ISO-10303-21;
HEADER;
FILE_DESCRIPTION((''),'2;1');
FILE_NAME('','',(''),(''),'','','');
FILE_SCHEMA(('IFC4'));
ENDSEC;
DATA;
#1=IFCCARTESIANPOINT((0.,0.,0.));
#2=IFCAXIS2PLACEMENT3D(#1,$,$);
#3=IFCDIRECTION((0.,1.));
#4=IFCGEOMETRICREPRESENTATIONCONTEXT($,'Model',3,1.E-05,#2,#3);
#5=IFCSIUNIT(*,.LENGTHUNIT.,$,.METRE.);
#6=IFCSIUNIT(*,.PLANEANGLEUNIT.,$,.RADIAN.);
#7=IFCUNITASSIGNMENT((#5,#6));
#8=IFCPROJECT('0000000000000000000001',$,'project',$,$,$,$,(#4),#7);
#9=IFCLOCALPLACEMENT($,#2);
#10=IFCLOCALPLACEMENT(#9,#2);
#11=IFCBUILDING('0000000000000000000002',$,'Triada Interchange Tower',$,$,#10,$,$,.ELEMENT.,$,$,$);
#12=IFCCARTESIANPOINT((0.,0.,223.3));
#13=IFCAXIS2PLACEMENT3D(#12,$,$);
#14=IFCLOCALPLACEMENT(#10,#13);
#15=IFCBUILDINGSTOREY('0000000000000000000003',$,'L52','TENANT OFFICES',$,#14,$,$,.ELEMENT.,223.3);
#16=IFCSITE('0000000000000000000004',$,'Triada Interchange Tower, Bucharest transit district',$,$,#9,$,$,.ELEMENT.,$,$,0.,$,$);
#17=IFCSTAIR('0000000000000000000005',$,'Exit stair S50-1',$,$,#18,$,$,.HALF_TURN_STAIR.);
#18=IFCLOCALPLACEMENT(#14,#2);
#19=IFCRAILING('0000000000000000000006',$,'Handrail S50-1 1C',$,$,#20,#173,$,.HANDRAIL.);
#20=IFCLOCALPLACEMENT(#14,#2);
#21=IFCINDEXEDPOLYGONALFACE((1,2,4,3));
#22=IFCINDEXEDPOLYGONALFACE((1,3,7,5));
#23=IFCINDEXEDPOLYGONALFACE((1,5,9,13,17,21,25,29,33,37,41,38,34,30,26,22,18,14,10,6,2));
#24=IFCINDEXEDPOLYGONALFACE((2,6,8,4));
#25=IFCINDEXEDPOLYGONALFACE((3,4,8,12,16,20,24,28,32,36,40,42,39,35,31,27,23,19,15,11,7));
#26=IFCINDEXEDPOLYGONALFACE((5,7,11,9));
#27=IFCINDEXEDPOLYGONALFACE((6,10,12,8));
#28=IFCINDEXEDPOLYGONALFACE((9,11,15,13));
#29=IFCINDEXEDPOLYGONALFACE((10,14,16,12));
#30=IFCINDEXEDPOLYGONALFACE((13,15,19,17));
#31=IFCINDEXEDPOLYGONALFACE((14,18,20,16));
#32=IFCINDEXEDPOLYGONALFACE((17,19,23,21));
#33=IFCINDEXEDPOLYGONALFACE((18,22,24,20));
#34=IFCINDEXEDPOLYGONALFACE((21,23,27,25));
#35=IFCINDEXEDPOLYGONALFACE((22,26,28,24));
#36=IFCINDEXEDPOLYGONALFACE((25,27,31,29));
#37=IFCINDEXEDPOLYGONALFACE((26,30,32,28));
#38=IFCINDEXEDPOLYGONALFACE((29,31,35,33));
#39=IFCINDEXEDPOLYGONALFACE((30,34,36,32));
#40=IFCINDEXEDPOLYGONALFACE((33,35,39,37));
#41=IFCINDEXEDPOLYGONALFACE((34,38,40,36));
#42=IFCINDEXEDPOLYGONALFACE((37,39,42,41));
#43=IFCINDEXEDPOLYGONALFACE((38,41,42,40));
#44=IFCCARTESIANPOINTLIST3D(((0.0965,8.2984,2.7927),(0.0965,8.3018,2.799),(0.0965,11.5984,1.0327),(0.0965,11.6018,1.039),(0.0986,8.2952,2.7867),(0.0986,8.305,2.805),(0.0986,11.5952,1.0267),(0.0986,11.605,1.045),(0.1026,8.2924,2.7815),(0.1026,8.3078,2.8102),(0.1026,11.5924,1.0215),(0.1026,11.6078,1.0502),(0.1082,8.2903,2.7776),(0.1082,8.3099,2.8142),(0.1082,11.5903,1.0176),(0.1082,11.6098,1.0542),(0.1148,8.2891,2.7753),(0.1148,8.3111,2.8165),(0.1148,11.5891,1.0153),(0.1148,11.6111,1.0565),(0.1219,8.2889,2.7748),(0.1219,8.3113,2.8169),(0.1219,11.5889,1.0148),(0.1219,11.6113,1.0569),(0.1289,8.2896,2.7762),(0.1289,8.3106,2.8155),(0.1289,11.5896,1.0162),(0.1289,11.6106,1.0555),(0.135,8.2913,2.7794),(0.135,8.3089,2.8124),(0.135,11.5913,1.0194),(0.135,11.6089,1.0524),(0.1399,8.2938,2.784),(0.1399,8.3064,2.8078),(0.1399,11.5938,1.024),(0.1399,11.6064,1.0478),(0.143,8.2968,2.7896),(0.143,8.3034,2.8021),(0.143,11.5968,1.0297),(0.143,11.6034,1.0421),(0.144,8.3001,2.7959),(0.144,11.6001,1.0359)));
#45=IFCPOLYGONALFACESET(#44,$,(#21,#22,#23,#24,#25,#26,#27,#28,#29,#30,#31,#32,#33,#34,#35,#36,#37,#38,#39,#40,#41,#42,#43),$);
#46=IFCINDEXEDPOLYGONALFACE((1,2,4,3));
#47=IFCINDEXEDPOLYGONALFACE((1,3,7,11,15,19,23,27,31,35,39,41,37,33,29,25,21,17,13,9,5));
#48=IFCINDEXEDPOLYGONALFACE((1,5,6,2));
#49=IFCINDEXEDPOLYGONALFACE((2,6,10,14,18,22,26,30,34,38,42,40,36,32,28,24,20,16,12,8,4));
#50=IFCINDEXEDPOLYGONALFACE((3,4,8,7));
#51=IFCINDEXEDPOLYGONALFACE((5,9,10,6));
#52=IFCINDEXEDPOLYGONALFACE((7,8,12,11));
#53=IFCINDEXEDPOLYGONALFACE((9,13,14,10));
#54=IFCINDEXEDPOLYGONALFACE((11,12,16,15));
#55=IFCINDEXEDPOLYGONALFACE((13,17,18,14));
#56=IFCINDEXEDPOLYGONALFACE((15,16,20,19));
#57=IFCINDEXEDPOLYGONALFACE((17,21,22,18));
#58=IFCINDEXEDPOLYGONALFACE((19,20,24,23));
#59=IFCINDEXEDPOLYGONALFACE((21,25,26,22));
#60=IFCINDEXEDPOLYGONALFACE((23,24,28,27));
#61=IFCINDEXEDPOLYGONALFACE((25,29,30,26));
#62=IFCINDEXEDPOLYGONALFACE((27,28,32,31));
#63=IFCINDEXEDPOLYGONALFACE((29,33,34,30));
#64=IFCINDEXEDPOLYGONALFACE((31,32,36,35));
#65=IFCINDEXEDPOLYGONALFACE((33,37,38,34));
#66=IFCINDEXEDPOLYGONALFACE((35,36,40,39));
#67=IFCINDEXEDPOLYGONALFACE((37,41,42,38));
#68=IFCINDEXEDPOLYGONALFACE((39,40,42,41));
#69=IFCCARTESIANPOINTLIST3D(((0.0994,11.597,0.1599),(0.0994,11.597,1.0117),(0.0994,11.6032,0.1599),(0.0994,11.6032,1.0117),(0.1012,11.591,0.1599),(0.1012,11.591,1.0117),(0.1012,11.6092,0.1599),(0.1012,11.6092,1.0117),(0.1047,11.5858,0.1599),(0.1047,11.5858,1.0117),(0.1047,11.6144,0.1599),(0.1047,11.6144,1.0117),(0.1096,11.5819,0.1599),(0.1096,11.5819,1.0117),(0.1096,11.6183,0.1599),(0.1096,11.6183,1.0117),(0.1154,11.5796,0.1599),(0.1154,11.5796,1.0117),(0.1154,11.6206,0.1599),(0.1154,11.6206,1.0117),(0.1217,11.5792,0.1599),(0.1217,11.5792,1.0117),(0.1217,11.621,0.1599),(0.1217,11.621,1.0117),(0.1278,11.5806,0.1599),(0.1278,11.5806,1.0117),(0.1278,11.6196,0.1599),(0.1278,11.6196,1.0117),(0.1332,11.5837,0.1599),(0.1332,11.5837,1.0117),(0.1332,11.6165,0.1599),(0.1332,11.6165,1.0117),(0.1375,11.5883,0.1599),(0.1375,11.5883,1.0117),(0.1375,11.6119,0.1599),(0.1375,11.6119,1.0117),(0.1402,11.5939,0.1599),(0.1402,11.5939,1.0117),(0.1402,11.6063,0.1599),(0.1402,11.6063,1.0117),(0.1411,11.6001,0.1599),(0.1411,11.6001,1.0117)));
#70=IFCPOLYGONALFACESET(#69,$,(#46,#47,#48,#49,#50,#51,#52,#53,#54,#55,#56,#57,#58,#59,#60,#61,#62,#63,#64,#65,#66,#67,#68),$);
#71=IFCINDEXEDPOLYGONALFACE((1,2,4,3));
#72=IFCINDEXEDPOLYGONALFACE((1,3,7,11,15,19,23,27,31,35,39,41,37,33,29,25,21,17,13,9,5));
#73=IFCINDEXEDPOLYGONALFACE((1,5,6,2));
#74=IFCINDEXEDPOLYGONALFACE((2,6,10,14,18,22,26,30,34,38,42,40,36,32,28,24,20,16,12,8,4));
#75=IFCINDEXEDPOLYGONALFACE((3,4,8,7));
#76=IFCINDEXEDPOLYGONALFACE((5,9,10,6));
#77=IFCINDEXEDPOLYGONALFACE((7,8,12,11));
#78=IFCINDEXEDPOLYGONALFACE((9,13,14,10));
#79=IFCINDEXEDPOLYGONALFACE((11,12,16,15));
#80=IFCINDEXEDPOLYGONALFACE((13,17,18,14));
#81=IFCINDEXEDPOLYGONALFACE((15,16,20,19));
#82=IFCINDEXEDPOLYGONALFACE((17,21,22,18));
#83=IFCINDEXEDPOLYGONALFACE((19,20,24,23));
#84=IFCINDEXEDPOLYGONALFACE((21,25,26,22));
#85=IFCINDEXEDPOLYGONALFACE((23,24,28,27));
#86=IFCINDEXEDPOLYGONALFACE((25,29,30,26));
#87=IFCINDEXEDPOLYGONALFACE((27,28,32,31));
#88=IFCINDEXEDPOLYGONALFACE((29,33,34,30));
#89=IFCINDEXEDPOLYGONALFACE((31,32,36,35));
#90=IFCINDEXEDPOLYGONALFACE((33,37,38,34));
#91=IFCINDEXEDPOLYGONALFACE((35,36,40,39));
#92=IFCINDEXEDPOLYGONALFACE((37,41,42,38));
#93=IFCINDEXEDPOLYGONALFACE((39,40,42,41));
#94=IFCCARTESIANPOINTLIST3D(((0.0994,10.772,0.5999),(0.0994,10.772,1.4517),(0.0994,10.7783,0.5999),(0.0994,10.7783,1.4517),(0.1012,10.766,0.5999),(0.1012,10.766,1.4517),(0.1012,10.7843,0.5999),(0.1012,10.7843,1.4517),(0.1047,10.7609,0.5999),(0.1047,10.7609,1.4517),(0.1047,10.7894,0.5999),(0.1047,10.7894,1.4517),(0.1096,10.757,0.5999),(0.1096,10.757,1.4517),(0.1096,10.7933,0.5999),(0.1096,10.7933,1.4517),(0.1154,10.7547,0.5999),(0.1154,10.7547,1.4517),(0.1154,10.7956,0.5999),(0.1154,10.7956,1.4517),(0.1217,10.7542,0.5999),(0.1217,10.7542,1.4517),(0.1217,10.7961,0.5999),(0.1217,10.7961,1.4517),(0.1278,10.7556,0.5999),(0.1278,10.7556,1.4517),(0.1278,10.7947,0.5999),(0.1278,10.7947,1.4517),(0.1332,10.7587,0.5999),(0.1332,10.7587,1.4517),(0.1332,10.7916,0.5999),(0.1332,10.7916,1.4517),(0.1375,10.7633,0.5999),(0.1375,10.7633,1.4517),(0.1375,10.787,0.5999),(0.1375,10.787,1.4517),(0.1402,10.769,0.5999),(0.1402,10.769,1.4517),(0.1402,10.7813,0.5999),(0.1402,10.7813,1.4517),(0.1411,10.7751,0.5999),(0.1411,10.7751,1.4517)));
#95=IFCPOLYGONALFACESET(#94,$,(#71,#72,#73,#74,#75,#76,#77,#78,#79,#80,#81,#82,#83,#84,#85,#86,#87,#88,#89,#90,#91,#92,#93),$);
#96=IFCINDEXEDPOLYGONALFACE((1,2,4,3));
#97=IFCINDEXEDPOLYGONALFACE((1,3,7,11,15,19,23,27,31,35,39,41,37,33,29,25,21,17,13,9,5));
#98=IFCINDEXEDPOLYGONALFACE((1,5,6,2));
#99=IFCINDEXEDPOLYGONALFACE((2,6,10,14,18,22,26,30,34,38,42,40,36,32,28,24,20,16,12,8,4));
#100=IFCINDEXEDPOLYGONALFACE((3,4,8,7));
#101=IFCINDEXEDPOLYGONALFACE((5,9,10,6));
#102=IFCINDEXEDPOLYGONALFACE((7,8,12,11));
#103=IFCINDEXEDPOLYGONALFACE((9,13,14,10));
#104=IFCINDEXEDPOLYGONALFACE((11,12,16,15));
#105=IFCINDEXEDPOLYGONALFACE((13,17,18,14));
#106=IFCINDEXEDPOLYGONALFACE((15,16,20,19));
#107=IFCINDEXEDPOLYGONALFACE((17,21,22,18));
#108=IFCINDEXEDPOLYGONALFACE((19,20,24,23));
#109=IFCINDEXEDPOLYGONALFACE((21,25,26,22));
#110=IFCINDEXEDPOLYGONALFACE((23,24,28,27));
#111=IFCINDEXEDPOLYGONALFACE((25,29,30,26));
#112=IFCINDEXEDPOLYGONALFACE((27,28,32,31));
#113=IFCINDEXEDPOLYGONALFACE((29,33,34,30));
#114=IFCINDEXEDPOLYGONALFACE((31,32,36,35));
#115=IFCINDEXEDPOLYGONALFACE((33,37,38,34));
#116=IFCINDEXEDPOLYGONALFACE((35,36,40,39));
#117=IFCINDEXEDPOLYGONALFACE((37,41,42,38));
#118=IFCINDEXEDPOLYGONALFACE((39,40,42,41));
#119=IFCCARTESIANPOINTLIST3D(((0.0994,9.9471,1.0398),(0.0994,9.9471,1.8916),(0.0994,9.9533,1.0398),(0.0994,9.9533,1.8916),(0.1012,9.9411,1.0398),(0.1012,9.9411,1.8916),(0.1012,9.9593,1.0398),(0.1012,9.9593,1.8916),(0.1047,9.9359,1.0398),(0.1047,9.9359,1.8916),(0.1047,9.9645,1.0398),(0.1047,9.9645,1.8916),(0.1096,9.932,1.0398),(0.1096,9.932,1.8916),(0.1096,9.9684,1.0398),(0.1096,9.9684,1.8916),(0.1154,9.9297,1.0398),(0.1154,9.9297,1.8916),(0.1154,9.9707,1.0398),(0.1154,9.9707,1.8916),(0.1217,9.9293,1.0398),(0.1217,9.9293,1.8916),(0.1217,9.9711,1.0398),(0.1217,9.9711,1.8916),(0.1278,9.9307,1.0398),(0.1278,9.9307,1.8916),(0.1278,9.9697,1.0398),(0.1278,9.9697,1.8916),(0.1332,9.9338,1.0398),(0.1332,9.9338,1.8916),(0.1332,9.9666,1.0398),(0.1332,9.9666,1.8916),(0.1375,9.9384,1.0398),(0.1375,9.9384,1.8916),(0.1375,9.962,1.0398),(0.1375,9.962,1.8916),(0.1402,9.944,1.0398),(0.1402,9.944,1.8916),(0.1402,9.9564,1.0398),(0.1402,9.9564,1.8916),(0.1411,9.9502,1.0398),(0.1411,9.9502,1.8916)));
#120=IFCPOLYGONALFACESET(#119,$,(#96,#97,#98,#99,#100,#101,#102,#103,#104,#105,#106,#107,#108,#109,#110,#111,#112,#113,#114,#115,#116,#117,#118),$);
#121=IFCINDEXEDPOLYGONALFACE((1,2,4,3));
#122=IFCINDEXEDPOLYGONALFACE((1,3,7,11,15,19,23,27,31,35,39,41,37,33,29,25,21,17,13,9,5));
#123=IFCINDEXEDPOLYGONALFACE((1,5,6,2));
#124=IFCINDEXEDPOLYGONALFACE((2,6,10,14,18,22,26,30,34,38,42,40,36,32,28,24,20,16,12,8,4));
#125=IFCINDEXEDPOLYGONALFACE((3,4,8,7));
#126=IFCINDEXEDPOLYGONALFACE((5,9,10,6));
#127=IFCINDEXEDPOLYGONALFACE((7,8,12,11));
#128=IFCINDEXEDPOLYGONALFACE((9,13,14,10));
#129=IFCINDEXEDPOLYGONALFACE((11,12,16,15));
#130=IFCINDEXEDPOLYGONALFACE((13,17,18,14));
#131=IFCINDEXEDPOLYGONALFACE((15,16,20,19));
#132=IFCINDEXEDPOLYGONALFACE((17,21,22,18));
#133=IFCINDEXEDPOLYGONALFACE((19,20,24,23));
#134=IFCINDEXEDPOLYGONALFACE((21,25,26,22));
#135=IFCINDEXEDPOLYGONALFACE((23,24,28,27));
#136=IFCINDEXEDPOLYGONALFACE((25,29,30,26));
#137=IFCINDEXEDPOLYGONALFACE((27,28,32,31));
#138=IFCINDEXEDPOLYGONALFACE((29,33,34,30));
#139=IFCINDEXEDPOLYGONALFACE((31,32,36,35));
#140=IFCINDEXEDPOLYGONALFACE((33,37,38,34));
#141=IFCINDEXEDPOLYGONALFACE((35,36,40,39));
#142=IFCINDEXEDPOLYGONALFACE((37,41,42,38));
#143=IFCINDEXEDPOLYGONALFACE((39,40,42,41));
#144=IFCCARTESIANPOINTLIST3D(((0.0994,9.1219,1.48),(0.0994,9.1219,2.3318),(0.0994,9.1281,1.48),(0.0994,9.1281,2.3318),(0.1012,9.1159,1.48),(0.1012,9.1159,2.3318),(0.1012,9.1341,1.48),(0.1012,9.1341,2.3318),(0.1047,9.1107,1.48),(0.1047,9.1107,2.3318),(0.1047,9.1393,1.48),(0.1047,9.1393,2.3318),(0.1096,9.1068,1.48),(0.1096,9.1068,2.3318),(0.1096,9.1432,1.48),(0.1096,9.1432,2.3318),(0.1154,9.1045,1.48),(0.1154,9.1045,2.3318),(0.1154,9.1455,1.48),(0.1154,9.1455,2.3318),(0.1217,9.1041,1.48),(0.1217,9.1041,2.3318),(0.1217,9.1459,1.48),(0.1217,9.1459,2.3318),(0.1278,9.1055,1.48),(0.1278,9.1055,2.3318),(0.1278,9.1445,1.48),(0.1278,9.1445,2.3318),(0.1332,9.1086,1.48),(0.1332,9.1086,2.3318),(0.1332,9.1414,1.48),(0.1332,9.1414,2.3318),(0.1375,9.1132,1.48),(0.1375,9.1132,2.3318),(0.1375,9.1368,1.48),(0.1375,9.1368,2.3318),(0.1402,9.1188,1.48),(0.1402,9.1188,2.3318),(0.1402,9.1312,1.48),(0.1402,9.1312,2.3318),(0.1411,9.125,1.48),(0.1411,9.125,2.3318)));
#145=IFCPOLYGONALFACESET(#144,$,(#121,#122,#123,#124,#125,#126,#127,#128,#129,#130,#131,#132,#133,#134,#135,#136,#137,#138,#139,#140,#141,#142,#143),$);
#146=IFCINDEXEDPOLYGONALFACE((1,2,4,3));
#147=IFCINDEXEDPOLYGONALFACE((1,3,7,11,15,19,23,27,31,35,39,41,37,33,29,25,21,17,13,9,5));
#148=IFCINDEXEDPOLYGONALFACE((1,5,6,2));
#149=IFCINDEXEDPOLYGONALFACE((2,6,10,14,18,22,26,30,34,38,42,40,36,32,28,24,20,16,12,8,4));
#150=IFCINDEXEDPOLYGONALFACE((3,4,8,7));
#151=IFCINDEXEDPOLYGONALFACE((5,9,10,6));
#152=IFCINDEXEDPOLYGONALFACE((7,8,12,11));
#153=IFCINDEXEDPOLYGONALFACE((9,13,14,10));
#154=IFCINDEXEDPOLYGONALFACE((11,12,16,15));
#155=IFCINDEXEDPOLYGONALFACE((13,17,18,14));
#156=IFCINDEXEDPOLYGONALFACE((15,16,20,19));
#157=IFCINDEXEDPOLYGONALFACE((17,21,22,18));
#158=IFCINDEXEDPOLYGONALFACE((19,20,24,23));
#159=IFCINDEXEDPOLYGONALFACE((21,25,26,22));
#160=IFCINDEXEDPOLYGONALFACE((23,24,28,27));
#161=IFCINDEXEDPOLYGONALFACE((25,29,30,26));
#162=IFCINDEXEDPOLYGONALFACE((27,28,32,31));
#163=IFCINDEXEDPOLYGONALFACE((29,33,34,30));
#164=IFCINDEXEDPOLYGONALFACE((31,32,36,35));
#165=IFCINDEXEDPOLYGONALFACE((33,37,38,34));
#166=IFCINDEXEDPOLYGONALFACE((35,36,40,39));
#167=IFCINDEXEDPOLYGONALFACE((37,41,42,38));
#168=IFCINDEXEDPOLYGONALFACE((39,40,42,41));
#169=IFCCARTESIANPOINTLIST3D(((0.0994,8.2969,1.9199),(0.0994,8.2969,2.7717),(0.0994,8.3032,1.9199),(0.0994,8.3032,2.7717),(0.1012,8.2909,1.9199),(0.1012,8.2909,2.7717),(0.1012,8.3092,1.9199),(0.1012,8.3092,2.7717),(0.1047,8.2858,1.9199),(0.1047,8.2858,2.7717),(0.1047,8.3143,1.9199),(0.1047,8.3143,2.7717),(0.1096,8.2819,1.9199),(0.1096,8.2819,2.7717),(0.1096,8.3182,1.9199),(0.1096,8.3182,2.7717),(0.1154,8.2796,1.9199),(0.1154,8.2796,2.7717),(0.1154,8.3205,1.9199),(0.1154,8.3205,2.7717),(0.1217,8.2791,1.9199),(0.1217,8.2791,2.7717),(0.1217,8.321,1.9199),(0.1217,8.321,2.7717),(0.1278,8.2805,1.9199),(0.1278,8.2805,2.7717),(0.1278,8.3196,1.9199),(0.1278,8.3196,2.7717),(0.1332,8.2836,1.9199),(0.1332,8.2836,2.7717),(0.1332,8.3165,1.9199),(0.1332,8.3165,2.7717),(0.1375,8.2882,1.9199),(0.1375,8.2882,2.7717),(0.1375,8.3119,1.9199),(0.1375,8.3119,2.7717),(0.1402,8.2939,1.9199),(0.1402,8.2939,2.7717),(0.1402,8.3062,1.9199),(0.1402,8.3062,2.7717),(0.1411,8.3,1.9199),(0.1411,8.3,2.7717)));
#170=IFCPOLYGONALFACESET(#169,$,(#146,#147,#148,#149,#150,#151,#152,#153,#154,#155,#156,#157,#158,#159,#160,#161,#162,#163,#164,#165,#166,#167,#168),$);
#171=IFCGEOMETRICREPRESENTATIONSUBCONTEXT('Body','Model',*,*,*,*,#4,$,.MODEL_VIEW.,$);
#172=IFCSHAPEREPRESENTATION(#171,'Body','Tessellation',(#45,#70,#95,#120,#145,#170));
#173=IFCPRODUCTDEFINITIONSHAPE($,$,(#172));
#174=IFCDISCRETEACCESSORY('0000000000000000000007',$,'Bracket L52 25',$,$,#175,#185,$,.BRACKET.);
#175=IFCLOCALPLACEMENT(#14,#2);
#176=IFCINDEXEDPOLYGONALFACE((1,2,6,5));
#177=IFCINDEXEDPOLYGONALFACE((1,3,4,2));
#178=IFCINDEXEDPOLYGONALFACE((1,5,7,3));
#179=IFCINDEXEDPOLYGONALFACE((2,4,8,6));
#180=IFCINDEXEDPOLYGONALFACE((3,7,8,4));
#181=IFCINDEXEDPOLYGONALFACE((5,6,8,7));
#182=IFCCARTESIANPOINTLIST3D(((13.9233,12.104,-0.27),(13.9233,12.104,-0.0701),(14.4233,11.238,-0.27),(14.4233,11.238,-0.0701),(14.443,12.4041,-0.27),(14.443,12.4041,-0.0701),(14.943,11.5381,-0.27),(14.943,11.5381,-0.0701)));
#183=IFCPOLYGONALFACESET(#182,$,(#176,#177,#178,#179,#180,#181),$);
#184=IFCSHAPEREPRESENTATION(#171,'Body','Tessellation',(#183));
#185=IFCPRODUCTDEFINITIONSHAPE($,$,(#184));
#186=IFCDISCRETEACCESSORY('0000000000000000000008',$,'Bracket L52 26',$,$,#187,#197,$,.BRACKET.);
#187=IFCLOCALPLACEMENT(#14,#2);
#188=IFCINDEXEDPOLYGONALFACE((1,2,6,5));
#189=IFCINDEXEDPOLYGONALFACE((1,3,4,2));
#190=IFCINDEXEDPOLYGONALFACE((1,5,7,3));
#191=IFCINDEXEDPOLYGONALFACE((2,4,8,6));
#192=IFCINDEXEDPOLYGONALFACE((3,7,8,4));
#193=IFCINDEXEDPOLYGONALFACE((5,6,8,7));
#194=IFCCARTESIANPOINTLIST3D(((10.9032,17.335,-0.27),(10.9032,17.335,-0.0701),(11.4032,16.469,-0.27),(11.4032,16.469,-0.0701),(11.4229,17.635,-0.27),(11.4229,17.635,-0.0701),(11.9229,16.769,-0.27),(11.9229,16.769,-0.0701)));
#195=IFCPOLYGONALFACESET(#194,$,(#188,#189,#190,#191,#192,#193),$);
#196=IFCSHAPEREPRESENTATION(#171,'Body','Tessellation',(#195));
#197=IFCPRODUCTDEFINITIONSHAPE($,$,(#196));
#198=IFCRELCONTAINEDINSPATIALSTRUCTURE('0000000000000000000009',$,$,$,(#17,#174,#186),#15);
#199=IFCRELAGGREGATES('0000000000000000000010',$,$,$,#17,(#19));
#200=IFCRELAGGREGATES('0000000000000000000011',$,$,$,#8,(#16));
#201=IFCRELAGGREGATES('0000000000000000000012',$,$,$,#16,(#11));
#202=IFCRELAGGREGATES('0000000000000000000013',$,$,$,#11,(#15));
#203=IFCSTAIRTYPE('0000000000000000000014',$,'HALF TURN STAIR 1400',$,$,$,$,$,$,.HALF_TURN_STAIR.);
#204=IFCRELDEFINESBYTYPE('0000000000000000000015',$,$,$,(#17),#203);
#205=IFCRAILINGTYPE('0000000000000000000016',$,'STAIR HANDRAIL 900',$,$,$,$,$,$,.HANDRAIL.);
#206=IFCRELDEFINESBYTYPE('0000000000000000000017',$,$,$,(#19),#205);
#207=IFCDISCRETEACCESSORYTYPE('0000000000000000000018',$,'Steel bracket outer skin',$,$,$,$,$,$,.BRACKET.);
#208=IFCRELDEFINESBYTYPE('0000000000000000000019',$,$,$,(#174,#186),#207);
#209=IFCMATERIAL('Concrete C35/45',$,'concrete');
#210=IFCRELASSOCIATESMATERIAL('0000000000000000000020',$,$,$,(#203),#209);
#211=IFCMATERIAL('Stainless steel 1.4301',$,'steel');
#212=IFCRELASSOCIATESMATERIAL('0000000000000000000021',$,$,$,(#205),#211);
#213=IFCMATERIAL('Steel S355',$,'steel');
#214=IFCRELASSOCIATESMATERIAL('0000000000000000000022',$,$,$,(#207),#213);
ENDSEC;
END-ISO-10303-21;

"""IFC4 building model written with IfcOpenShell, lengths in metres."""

from ifc_helpers import new_model, si_unit, direction, frame, origin, origin_2d, place, context, subcontext, project, spatial, rectangle, circle, extrude, material, type_object, element, aggregate, save


model = new_model("IFC4")

# Units and contexts
model_context = context("Model", 3, precision=1e-05, world=origin(), true_north=direction((0.0, 1.0)))
body_context = subcontext(model_context, "Body", "Model", "MODEL_VIEW")
ifc_project = project(units=[si_unit("LENGTHUNIT", "METRE"), si_unit("PLANEANGLEUNIT", "RADIAN")], contexts=[model_context])

# Site, building, storey
site_placement = place(None, origin())
site = spatial("IfcSite", under=ifc_project, at=site_placement, Name="Triada Interchange Tower, Bucharest transit district", CompositionType="ELEMENT", RefElevation=0.0)
building_placement = place(site_placement, origin())
building = spatial("IfcBuilding", under=site, at=building_placement, Name="Triada Interchange Tower", CompositionType="ELEMENT")
storey_placement = place(building_placement, frame((0.0, 0.0, 223.3)))
storey = spatial("IfcBuildingStorey", under=building, at=storey_placement, Name="L52", Description="TENANT OFFICES", CompositionType="ELEMENT", Elevation=223.3)

# Stair
ifc_material_1 = material(Name="Concrete C35/45", Category="concrete")
stair_type = type_object("IfcStairType", Name="HALF TURN STAIR 1400", PredefinedType="HALF_TURN_STAIR", material=ifc_material_1)
stair_placement = place(storey_placement, origin())
stair = element("IfcStair", 1, at=stair_placement, inside=storey, type_object=stair_type, Name="Exit stair S50-1", PredefinedType="HALF_TURN_STAIR")

# Railing
ifc_material_2 = material(Name="Stainless steel 1.4301", Category="steel")
railing_type = type_object("IfcRailingType", Name="STAIR HANDRAIL 900", PredefinedType="HANDRAIL", material=ifc_material_2)
railing_1_placement = place(storey_placement, frame((0.1201, 11.6001, 0.1599)))
railing_1 = element("IfcRailing", 2, at=railing_1_placement, type_object=railing_type, Name="Handrail S50-1 1C", PredefinedType="HANDRAIL", context=body_context, shape_type="SweptSolid", body=[
    extrude(circle(Radius=0.0239, at=origin_2d()), frame((0.0, 0.0, 0.876), z_axis=(0.0, -0.882355, 0.470585), x_axis=(1.0, 0.0, 0.0)), (0.0, 0.0, 1.0), 3.74),
    extrude(circle(Radius=0.021, at=origin_2d()), origin(), (0.0, 0.0, 1.0), 0.8518),
    extrude(circle(Radius=0.021, at=origin_2d()), frame((0.0, -0.825, 0.4399)), (0.0, 0.0, 1.0), 0.8518),
    extrude(circle(Radius=0.021, at=origin_2d()), frame((0.0, -1.6499, 0.8799)), (0.0, 0.0, 1.0), 0.8518),
    extrude(circle(Radius=0.021, at=origin_2d()), frame((0.0, -2.4751, 1.3201)), (0.0, 0.0, 1.0), 0.8518),
    extrude(circle(Radius=0.021, at=origin_2d()), frame((0.0, -3.3, 1.76)), (0.0, 0.0, 1.0), 0.8518),
])
aggregate(stair, [railing_1])

# Discrete accessories
ifc_material_3 = material(Name="Steel S355", Category="steel")
discrete_accessory_type = type_object("IfcDiscreteAccessoryType", Name="Steel bracket outer skin", PredefinedType="BRACKET", material=ifc_material_3)
for number, where, z_axis, x_axis, name in (
    (3, (14.4331, 11.821, -0.27), (0.0, 0.0, 1.0), (0.866025, 0.500001, 0.0), "Bracket L52 25"),
    (4, (11.4131, 17.052, -0.27), (0.0, 0.0, 1.0), (0.866025, 0.500001, 0.0), "Bracket L52 26"),
):
    element("IfcDiscreteAccessory", number, at=place(storey_placement, frame(where, z_axis=z_axis, x_axis=x_axis)), inside=storey, type_object=discrete_accessory_type, Name=name, PredefinedType="BRACKET", context=body_context, shape_type="SweptSolid", body=[
        extrude(rectangle(XDim=0.6001, YDim=1.0, at=origin_2d()), origin(), (0.0, 0.0, 1.0), 0.2),
    ])

save(model, "model.ifc")
